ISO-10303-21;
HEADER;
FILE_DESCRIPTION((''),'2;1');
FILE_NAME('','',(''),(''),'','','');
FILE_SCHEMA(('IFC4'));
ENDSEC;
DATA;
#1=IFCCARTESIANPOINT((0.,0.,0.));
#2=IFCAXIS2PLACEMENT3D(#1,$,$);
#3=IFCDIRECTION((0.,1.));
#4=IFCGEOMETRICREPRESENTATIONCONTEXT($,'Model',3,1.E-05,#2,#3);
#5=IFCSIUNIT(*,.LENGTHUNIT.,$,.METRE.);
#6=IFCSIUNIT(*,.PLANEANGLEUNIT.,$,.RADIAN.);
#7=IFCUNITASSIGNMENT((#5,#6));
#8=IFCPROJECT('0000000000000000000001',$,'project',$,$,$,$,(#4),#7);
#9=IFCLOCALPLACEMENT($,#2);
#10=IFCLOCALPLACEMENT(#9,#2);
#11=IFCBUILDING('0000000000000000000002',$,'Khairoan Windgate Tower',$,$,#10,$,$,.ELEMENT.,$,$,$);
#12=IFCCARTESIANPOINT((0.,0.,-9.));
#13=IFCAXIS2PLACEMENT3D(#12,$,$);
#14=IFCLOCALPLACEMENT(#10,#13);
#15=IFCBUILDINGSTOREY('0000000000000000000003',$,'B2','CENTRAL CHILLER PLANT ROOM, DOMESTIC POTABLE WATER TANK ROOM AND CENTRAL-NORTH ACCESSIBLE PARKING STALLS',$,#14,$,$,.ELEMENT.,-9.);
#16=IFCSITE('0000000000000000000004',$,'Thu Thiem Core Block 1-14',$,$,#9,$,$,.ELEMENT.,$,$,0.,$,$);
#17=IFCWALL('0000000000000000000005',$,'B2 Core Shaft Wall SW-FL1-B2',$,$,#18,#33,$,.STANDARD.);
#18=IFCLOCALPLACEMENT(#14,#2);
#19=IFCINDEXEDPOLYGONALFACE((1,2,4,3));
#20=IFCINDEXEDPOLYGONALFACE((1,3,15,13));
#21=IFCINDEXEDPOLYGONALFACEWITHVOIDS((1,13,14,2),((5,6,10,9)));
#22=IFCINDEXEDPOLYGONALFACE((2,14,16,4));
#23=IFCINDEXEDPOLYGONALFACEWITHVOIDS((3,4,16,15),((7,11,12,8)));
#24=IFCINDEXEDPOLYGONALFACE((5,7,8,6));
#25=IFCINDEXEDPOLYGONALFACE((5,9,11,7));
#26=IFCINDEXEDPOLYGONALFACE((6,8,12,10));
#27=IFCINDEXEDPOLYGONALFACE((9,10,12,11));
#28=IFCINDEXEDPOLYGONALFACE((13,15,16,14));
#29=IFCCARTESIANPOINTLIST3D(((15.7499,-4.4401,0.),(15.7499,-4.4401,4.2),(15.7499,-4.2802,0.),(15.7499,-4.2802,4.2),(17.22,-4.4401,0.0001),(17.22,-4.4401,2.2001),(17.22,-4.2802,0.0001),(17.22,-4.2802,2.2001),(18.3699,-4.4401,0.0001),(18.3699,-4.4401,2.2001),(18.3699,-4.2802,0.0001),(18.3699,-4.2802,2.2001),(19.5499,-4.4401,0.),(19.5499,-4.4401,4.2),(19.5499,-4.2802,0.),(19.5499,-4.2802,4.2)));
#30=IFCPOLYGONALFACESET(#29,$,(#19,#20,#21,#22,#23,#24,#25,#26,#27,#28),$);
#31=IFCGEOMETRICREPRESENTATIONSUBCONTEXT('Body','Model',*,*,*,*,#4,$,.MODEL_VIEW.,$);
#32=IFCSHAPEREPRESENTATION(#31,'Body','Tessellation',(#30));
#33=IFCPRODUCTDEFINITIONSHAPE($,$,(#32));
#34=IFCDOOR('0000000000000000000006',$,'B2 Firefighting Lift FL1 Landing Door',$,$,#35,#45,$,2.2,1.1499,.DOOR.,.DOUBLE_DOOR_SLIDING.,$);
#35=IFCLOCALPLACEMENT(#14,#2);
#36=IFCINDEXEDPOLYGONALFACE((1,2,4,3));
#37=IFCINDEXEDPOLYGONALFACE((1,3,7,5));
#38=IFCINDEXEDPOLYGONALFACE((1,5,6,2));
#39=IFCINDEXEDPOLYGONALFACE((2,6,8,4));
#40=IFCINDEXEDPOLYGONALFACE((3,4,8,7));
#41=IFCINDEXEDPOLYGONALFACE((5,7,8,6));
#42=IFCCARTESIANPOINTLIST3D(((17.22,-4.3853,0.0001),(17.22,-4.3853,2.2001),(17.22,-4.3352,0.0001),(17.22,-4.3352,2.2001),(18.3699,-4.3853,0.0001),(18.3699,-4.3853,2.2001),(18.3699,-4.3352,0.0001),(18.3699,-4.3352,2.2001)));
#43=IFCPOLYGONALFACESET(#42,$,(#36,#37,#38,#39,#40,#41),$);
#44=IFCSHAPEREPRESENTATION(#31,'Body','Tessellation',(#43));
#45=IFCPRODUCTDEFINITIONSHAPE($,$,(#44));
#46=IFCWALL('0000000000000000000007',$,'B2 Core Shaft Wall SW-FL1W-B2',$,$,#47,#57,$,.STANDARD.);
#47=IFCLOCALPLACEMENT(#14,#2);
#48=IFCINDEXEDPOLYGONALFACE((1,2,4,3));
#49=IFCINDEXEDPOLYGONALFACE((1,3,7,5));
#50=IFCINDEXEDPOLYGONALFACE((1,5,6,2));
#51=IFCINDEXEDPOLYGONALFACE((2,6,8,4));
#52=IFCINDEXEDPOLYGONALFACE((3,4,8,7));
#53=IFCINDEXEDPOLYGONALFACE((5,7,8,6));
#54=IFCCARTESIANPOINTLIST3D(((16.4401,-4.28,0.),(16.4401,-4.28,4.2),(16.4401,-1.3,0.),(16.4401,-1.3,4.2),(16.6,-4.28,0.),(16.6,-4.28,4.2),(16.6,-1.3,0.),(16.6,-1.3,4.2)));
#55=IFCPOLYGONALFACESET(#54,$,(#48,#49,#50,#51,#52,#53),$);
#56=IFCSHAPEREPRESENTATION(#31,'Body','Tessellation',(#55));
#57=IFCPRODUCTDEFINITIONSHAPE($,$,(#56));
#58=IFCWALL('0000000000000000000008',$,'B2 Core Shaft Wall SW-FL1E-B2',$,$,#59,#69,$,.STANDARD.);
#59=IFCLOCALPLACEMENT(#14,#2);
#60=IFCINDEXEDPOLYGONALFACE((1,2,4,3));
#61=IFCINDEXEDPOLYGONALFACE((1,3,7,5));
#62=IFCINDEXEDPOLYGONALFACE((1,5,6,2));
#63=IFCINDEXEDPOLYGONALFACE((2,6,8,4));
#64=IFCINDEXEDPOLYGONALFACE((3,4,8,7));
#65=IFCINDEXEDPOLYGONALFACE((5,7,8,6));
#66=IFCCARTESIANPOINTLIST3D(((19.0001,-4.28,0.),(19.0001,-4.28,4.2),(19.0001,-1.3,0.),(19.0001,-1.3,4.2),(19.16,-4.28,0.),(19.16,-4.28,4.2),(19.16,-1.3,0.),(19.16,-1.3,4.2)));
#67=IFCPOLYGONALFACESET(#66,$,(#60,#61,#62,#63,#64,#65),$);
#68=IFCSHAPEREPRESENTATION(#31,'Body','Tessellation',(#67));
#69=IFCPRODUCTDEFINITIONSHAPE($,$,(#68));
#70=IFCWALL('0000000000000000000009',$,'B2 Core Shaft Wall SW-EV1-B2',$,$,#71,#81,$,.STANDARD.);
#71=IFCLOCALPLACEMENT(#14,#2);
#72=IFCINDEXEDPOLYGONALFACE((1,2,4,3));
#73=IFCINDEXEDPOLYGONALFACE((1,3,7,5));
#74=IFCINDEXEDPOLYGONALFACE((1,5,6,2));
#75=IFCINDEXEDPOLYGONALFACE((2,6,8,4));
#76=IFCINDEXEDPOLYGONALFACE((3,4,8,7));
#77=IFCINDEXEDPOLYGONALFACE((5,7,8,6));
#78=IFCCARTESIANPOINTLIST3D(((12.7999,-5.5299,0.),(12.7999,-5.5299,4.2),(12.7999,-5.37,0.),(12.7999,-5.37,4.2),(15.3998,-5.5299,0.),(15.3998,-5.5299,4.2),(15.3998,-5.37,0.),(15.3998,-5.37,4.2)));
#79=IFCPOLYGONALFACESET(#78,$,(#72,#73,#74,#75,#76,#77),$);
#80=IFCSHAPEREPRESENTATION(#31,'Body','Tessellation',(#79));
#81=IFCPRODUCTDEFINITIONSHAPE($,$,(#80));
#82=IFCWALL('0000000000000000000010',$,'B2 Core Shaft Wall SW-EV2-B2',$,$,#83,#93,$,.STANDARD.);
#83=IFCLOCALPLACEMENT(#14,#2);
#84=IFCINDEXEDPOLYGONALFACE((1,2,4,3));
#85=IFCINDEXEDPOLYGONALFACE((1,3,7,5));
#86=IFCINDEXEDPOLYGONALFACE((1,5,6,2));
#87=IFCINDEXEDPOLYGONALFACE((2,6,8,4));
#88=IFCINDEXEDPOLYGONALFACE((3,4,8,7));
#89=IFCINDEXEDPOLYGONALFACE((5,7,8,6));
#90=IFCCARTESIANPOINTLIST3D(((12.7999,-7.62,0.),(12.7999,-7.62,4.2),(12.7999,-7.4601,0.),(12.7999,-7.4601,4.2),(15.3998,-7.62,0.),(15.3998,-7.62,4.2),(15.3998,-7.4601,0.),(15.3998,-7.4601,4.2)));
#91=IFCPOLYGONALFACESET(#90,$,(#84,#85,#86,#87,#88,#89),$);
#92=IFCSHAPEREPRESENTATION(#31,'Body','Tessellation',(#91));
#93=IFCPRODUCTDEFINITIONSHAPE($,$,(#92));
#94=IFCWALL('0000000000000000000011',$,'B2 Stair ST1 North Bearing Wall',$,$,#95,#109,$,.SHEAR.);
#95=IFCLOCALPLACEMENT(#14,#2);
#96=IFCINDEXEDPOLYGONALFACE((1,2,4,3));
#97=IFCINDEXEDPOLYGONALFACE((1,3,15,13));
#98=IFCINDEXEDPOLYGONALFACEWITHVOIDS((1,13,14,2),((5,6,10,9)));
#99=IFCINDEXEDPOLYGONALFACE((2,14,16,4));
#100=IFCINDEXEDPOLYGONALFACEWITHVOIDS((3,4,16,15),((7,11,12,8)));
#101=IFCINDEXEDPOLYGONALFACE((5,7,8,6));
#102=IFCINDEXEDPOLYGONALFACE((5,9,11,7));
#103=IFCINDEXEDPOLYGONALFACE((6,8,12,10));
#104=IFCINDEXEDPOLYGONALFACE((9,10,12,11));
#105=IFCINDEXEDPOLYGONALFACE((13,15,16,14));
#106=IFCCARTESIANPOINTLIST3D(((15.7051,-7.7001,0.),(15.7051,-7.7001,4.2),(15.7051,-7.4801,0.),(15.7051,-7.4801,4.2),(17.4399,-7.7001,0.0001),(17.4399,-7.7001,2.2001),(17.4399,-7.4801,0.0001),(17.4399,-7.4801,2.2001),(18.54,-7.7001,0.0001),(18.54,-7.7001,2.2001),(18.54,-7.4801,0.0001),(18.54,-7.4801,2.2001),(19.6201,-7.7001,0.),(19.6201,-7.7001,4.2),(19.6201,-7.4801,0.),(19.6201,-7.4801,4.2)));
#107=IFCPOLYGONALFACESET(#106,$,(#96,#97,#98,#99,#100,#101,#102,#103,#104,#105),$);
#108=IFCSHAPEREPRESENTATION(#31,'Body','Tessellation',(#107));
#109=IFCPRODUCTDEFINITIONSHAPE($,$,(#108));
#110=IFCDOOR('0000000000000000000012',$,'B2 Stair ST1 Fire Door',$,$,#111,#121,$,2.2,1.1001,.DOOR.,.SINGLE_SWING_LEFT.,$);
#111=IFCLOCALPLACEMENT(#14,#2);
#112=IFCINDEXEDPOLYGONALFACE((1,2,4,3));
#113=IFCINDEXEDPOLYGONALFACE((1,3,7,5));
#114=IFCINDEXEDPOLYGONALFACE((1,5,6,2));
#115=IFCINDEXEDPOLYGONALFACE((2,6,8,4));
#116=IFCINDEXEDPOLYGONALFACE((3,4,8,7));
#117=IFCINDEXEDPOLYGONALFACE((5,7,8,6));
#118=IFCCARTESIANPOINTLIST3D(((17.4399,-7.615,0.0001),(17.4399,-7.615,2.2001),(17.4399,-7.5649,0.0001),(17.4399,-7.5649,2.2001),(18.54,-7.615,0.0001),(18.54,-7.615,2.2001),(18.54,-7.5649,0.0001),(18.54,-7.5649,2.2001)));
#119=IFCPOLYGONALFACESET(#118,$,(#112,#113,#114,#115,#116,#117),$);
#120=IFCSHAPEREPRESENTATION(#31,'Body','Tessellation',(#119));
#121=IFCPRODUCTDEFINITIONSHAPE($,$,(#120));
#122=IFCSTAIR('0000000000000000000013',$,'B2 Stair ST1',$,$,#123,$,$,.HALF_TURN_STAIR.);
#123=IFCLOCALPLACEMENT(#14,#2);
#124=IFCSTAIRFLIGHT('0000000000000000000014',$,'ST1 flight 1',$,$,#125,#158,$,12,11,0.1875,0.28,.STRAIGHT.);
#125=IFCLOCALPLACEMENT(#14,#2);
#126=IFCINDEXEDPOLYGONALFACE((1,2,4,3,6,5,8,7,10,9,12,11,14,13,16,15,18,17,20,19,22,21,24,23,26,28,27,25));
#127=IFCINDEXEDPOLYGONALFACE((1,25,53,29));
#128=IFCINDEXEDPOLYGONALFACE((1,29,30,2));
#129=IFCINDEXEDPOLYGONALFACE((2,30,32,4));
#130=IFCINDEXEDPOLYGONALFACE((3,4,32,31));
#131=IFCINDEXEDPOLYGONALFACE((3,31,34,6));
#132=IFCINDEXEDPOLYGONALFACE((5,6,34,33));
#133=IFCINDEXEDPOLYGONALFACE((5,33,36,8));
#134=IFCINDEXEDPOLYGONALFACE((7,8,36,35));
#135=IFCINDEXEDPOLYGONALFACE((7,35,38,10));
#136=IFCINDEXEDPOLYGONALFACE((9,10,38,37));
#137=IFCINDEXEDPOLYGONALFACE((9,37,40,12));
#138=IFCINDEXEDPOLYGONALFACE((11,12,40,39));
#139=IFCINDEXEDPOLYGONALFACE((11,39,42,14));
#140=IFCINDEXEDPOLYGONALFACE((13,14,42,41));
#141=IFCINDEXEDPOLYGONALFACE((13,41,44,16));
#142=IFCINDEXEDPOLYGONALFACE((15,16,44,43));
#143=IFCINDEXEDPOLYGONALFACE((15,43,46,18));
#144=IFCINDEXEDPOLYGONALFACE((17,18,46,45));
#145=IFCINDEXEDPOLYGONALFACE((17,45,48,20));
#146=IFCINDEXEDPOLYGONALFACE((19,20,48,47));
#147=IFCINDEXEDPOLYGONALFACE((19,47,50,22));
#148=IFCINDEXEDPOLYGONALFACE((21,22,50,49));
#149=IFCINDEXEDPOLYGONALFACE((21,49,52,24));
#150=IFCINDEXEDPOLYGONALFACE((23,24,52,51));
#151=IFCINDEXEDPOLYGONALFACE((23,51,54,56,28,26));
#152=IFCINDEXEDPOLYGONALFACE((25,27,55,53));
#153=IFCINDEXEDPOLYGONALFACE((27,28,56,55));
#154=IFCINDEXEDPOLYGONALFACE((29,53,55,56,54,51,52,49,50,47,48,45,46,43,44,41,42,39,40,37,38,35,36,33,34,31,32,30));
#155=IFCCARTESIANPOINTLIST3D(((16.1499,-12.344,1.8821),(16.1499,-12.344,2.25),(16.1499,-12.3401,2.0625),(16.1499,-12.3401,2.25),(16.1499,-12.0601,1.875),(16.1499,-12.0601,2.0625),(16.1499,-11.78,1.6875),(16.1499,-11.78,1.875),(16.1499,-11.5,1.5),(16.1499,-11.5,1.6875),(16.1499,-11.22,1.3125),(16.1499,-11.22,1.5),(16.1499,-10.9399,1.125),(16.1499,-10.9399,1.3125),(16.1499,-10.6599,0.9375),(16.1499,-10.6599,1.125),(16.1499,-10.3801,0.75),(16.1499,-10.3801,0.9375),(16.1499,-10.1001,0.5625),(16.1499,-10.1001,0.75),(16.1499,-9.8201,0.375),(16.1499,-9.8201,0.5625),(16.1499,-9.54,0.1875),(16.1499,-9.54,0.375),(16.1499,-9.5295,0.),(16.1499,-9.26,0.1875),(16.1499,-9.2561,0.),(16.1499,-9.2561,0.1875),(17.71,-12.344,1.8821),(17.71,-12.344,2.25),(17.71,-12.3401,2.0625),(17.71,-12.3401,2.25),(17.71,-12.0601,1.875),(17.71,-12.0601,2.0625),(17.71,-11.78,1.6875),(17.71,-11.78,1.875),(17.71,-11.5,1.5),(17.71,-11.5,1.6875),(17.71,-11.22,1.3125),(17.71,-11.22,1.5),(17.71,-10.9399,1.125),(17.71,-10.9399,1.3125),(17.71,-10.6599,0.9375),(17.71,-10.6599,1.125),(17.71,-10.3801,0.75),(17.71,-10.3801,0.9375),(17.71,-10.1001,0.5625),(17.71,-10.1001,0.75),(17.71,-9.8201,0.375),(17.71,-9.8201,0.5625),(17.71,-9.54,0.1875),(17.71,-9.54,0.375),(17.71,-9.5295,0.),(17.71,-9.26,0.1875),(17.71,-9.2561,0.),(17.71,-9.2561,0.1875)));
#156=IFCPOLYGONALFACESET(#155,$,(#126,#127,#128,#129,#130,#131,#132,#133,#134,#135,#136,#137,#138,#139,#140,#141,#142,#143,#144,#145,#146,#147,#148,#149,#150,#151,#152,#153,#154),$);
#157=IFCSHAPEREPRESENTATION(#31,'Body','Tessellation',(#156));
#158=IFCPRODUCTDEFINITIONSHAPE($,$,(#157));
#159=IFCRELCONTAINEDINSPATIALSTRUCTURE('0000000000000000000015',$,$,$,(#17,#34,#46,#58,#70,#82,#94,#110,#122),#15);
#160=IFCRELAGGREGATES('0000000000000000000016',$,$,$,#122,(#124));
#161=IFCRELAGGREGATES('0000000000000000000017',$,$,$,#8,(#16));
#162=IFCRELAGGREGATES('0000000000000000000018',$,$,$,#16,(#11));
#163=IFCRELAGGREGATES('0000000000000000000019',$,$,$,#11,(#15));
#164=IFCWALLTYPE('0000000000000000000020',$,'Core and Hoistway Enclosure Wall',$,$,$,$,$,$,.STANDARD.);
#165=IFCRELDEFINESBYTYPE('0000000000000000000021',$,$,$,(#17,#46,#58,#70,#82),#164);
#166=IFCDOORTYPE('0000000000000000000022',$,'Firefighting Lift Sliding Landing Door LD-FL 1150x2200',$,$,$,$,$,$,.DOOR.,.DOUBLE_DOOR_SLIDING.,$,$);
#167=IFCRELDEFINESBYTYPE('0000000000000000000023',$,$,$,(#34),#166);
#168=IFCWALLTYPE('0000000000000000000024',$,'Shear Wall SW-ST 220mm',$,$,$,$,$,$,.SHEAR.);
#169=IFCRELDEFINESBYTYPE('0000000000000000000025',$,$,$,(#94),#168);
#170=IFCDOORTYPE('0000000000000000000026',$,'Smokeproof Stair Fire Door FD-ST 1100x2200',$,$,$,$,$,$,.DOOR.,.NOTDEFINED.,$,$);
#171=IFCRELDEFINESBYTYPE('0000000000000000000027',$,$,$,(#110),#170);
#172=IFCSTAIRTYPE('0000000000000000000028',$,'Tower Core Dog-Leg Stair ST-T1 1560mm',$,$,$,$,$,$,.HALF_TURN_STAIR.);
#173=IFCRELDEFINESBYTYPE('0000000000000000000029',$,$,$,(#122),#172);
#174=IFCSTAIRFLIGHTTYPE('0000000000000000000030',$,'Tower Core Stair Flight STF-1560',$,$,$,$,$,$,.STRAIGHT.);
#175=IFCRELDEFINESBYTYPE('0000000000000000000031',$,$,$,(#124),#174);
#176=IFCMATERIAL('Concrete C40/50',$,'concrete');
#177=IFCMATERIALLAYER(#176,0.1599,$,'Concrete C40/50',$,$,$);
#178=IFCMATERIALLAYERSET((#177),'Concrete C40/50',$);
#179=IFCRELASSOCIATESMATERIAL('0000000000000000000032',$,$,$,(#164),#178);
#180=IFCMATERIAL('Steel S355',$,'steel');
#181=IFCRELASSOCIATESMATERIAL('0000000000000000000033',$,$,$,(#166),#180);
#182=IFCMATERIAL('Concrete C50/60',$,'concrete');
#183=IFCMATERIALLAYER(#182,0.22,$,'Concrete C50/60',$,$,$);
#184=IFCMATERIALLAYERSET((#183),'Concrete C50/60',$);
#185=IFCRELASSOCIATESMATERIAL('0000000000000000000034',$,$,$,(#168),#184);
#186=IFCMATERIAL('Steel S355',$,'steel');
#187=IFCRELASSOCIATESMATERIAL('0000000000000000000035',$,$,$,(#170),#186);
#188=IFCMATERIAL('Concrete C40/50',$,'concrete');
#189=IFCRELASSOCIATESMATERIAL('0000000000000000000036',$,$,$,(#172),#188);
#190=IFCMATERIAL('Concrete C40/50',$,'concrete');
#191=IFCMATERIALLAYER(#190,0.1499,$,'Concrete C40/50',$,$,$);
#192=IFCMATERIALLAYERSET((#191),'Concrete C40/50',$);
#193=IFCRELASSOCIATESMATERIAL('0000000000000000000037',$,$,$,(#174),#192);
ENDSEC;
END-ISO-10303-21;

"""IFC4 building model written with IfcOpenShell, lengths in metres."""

from ifc_helpers import new_model, si_unit, direction, frame, frame_2d, origin, place, context, subcontext, project, spatial, polyline, rectangle, outline, extrude, material, layer, layer_set, type_object, element, fill, aggregate, save


model = new_model("IFC4")

# Units and contexts
model_context = context("Model", 3, precision=1e-05, world=origin(), true_north=direction((0.0, 1.0)))
body_context = subcontext(model_context, "Body", "Model", "MODEL_VIEW")
ifc_project = project(units=[si_unit("LENGTHUNIT", "METRE"), si_unit("PLANEANGLEUNIT", "RADIAN")], contexts=[model_context])

# Site, building, storey
site_placement = place(None, origin())
site = spatial("IfcSite", under=ifc_project, at=site_placement, Name="Thu Thiem Core Block 1-14", CompositionType="ELEMENT", RefElevation=0.0)
building_placement = place(site_placement, origin())
building = spatial("IfcBuilding", under=site, at=building_placement, Name="Khairoan Windgate Tower", CompositionType="ELEMENT")
storey_placement = place(building_placement, frame((0.0, 0.0, -9.0)))
storey = spatial("IfcBuildingStorey", under=building, at=storey_placement, Name="B2", Description="CENTRAL CHILLER PLANT ROOM, DOMESTIC POTABLE WATER TANK ROOM AND CENTRAL-NORTH ACCESSIBLE PARKING STALLS", CompositionType="ELEMENT", Elevation=-9.0)

# Wall, opening, door
ifc_material_1 = material(Name="Concrete C40/50", Category="concrete")
ifc_layer_1 = layer(ifc_material_1, 0.1599, Name="Concrete C40/50")
ifc_layer_set_1 = layer_set([ifc_layer_1], Name="Concrete C40/50")
wall_type_1 = type_object("IfcWallType", Name="Core and Hoistway Enclosure Wall", PredefinedType="STANDARD", material=ifc_layer_set_1)
wall_1_placement = place(storey_placement, frame((15.75, -4.3601, 0.0), z_axis=(0.0, 0.0, 1.0), x_axis=(1.0, 0.0, 0.0)))
wall_1 = element("IfcWall", 1, at=wall_1_placement, inside=storey, type_object=wall_type_1, Name="B2 Core Shaft Wall SW-FL1-B2", PredefinedType="STANDARD", context=body_context, shape_type="SweptSolid", body=[
    extrude(rectangle(XDim=3.8, YDim=0.1599, at=frame_2d((1.8999, 0.0))), origin(), (0.0, 0.0, 1.0), 4.2),
])
opening_1_placement = place(wall_1_placement, frame((1.47, 0.0, 0.0)))
opening_1 = element("IfcOpeningElement", 2, at=opening_1_placement, cuts=wall_1, PredefinedType="OPENING", context=body_context, shape_type="SweptSolid", body=[
    extrude(rectangle(XDim=1.1499, YDim=2.2, at=frame_2d((0.575, 1.1001))), frame((0.0, 0.0898, 0.0), z_axis=(0.0, -1.0, 0.0), x_axis=(1.0, 0.0, 0.0)), (0.0, 0.0, 1.0), 0.1799),
])
ifc_material_2 = material(Name="Steel S355", Category="steel")
door_type_1 = type_object("IfcDoorType", Name="Firefighting Lift Sliding Landing Door LD-FL 1150x2200", OperationType="DOUBLE_DOOR_SLIDING", PredefinedType="DOOR", material=ifc_material_2)
door_1_placement = place(opening_1_placement, origin())
door_1 = element("IfcDoor", 3, at=door_1_placement, inside=storey, type_object=door_type_1, Name="B2 Firefighting Lift FL1 Landing Door", OperationType="DOUBLE_DOOR_SLIDING", OverallHeight=2.2, OverallWidth=1.1499, PredefinedType="DOOR", context=body_context, shape_type="SweptSolid", body=[
    extrude(rectangle(XDim=1.1499, YDim=2.2, at=frame_2d((0.575, 1.1001))), frame((0.0, 0.0249, 0.0), z_axis=(0.0, -1.0, 0.0), x_axis=(1.0, 0.0, 0.0)), (0.0, 0.0, 1.0), 0.05),
])
fill(opening_1, door_1)

# Walls
for number, where, z_axis, x_axis, name in (
    (4, (16.52, -4.28, 0.0), (0.0, 0.0, 1.0), (0.0, 1.0, 0.0), "B2 Core Shaft Wall SW-FL1W-B2"),
    (5, (19.0801, -4.28, 0.0), (0.0, 0.0, 1.0), (0.0, 1.0, 0.0), "B2 Core Shaft Wall SW-FL1E-B2"),
):
    element("IfcWall", number, at=place(storey_placement, frame(where, z_axis=z_axis, x_axis=x_axis)), inside=storey, type_object=wall_type_1, Name=name, PredefinedType="STANDARD", context=body_context, shape_type="SweptSolid", body=[
        extrude(rectangle(XDim=2.98, YDim=0.1599, at=frame_2d((1.49, 0.0))), origin(), (0.0, 0.0, 1.0), 4.2),
    ])
for number, where, z_axis, x_axis, name in (
    (6, (12.8, -5.45, 0.0), (0.0, 0.0, 1.0), (1.0, 0.0, 0.0), "B2 Core Shaft Wall SW-EV1-B2"),
    (7, (12.8, -7.54, 0.0), (0.0, 0.0, 1.0), (1.0, 0.0, 0.0), "B2 Core Shaft Wall SW-EV2-B2"),
):
    element("IfcWall", number, at=place(storey_placement, frame(where, z_axis=z_axis, x_axis=x_axis)), inside=storey, type_object=wall_type_1, Name=name, PredefinedType="STANDARD", context=body_context, shape_type="SweptSolid", body=[
        extrude(rectangle(XDim=2.5999, YDim=0.1599, at=frame_2d((1.2998, 0.0))), origin(), (0.0, 0.0, 1.0), 4.2),
    ])

# Wall, opening, door
ifc_material_3 = material(Name="Concrete C50/60", Category="concrete")
ifc_layer_2 = layer(ifc_material_3, 0.22, Name="Concrete C50/60")
ifc_layer_set_2 = layer_set([ifc_layer_2], Name="Concrete C50/60")
wall_type_2 = type_object("IfcWallType", Name="Shear Wall SW-ST 220mm", PredefinedType="SHEAR", material=ifc_layer_set_2)
wall_2_placement = place(storey_placement, frame((19.6201, -7.5901, 0.0), z_axis=(0.0, 0.0, 1.0), x_axis=(-1.0, 0.0, 0.0)))
wall_2 = element("IfcWall", 8, at=wall_2_placement, inside=storey, type_object=wall_type_2, Name="B2 Stair ST1 North Bearing Wall", PredefinedType="SHEAR", context=body_context, shape_type="SweptSolid", body=[
    extrude(rectangle(XDim=3.915, YDim=0.22, at=frame_2d((1.9575, 0.0))), origin(), (0.0, 0.0, 1.0), 4.2),
])
opening_2_placement = place(wall_2_placement, frame((1.0801, 0.0, 0.0)))
opening_2 = element("IfcOpeningElement", 9, at=opening_2_placement, cuts=wall_2, PredefinedType="OPENING", context=body_context, shape_type="SweptSolid", body=[
    extrude(rectangle(XDim=1.1001, YDim=2.2, at=frame_2d((0.55, 1.1001))), frame((0.0, 0.1199, 0.0), z_axis=(0.0, -1.0, 0.0), x_axis=(1.0, 0.0, 0.0)), (0.0, 0.0, 1.0), 0.24),
])
ifc_material_4 = material(Name="Steel S355", Category="steel")
door_type_2 = type_object("IfcDoorType", Name="Smokeproof Stair Fire Door FD-ST 1100x2200", OperationType="NOTDEFINED", PredefinedType="DOOR", material=ifc_material_4)
door_2_placement = place(opening_2_placement, origin())
door_2 = element("IfcDoor", 10, at=door_2_placement, inside=storey, type_object=door_type_2, Name="B2 Stair ST1 Fire Door", OperationType="SINGLE_SWING_LEFT", OverallHeight=2.2, OverallWidth=1.1001, PredefinedType="DOOR", context=body_context, shape_type="SweptSolid", body=[
    extrude(rectangle(XDim=1.1001, YDim=2.2, at=frame_2d((0.55, 1.1001))), frame((0.0, 0.0249, 0.0), z_axis=(0.0, -1.0, 0.0), x_axis=(1.0, 0.0, 0.0)), (0.0, 0.0, 1.0), 0.05),
])
fill(opening_2, door_2)

# Stair, stair flight
ifc_material_5 = material(Name="Concrete C40/50", Category="concrete")
stair_type = type_object("IfcStairType", Name="Tower Core Dog-Leg Stair ST-T1 1560mm", PredefinedType="HALF_TURN_STAIR", material=ifc_material_5)
stair_placement = place(storey_placement, origin())
stair = element("IfcStair", 11, at=stair_placement, inside=storey, type_object=stair_type, Name="B2 Stair ST1", PredefinedType="HALF_TURN_STAIR")
ifc_material_6 = material(Name="Concrete C40/50", Category="concrete")
ifc_layer_3 = layer(ifc_material_6, 0.1499, Name="Concrete C40/50")
ifc_layer_set_3 = layer_set([ifc_layer_3], Name="Concrete C40/50")
stair_flight_type = type_object("IfcStairFlightType", Name="Tower Core Stair Flight STF-1560", PredefinedType="STRAIGHT", material=ifc_layer_set_3)
stair_flight_1_placement = place(storey_placement, frame((16.9299, -9.26, 0.0), z_axis=(0.0, 0.0, 1.0), x_axis=(0.0, -1.0, 0.0)))
stair_flight_1 = element("IfcStairFlight", 12, at=stair_flight_1_placement, type_object=stair_flight_type, Name="ST1 flight 1", NumberOfRisers=12, NumberOfTreads=11, PredefinedType="STRAIGHT", RiserHeight=0.1875, TreadLength=0.28, context=body_context, shape_type="SweptSolid", body=[
    extrude(outline(polyline([(-0.0039, 0.0), (-0.0039, 0.1875), (0.0, 0.1875), (0.28, 0.1875), (0.28, 0.375), (0.5601, 0.375), (0.5601, 0.5625), (0.8401, 0.5625), (0.8401, 0.75), (1.1201, 0.75), (1.1201, 0.9375), (1.3999, 0.9375), (1.3999, 1.125), (1.6799, 1.125), (1.6799, 1.3125), (1.96, 1.3125), (1.96, 1.5), (2.24, 1.5), (2.24, 1.6875), (2.52, 1.6875), (2.52, 1.875), (2.8, 1.875), (2.8, 2.0625), (3.0801, 2.0625), (3.0801, 2.25), (3.084, 2.25), (3.084, 1.8821), (0.2695, 0.0), (-0.0039, 0.0)])), frame((0.0, 0.78, 0.0), z_axis=(0.0, -1.0, 0.0), x_axis=(1.0, 0.0, 0.0)), (0.0, 0.0, 1.0), 1.5601),
])
aggregate(stair, [stair_flight_1])

save(model, "model.ifc")
